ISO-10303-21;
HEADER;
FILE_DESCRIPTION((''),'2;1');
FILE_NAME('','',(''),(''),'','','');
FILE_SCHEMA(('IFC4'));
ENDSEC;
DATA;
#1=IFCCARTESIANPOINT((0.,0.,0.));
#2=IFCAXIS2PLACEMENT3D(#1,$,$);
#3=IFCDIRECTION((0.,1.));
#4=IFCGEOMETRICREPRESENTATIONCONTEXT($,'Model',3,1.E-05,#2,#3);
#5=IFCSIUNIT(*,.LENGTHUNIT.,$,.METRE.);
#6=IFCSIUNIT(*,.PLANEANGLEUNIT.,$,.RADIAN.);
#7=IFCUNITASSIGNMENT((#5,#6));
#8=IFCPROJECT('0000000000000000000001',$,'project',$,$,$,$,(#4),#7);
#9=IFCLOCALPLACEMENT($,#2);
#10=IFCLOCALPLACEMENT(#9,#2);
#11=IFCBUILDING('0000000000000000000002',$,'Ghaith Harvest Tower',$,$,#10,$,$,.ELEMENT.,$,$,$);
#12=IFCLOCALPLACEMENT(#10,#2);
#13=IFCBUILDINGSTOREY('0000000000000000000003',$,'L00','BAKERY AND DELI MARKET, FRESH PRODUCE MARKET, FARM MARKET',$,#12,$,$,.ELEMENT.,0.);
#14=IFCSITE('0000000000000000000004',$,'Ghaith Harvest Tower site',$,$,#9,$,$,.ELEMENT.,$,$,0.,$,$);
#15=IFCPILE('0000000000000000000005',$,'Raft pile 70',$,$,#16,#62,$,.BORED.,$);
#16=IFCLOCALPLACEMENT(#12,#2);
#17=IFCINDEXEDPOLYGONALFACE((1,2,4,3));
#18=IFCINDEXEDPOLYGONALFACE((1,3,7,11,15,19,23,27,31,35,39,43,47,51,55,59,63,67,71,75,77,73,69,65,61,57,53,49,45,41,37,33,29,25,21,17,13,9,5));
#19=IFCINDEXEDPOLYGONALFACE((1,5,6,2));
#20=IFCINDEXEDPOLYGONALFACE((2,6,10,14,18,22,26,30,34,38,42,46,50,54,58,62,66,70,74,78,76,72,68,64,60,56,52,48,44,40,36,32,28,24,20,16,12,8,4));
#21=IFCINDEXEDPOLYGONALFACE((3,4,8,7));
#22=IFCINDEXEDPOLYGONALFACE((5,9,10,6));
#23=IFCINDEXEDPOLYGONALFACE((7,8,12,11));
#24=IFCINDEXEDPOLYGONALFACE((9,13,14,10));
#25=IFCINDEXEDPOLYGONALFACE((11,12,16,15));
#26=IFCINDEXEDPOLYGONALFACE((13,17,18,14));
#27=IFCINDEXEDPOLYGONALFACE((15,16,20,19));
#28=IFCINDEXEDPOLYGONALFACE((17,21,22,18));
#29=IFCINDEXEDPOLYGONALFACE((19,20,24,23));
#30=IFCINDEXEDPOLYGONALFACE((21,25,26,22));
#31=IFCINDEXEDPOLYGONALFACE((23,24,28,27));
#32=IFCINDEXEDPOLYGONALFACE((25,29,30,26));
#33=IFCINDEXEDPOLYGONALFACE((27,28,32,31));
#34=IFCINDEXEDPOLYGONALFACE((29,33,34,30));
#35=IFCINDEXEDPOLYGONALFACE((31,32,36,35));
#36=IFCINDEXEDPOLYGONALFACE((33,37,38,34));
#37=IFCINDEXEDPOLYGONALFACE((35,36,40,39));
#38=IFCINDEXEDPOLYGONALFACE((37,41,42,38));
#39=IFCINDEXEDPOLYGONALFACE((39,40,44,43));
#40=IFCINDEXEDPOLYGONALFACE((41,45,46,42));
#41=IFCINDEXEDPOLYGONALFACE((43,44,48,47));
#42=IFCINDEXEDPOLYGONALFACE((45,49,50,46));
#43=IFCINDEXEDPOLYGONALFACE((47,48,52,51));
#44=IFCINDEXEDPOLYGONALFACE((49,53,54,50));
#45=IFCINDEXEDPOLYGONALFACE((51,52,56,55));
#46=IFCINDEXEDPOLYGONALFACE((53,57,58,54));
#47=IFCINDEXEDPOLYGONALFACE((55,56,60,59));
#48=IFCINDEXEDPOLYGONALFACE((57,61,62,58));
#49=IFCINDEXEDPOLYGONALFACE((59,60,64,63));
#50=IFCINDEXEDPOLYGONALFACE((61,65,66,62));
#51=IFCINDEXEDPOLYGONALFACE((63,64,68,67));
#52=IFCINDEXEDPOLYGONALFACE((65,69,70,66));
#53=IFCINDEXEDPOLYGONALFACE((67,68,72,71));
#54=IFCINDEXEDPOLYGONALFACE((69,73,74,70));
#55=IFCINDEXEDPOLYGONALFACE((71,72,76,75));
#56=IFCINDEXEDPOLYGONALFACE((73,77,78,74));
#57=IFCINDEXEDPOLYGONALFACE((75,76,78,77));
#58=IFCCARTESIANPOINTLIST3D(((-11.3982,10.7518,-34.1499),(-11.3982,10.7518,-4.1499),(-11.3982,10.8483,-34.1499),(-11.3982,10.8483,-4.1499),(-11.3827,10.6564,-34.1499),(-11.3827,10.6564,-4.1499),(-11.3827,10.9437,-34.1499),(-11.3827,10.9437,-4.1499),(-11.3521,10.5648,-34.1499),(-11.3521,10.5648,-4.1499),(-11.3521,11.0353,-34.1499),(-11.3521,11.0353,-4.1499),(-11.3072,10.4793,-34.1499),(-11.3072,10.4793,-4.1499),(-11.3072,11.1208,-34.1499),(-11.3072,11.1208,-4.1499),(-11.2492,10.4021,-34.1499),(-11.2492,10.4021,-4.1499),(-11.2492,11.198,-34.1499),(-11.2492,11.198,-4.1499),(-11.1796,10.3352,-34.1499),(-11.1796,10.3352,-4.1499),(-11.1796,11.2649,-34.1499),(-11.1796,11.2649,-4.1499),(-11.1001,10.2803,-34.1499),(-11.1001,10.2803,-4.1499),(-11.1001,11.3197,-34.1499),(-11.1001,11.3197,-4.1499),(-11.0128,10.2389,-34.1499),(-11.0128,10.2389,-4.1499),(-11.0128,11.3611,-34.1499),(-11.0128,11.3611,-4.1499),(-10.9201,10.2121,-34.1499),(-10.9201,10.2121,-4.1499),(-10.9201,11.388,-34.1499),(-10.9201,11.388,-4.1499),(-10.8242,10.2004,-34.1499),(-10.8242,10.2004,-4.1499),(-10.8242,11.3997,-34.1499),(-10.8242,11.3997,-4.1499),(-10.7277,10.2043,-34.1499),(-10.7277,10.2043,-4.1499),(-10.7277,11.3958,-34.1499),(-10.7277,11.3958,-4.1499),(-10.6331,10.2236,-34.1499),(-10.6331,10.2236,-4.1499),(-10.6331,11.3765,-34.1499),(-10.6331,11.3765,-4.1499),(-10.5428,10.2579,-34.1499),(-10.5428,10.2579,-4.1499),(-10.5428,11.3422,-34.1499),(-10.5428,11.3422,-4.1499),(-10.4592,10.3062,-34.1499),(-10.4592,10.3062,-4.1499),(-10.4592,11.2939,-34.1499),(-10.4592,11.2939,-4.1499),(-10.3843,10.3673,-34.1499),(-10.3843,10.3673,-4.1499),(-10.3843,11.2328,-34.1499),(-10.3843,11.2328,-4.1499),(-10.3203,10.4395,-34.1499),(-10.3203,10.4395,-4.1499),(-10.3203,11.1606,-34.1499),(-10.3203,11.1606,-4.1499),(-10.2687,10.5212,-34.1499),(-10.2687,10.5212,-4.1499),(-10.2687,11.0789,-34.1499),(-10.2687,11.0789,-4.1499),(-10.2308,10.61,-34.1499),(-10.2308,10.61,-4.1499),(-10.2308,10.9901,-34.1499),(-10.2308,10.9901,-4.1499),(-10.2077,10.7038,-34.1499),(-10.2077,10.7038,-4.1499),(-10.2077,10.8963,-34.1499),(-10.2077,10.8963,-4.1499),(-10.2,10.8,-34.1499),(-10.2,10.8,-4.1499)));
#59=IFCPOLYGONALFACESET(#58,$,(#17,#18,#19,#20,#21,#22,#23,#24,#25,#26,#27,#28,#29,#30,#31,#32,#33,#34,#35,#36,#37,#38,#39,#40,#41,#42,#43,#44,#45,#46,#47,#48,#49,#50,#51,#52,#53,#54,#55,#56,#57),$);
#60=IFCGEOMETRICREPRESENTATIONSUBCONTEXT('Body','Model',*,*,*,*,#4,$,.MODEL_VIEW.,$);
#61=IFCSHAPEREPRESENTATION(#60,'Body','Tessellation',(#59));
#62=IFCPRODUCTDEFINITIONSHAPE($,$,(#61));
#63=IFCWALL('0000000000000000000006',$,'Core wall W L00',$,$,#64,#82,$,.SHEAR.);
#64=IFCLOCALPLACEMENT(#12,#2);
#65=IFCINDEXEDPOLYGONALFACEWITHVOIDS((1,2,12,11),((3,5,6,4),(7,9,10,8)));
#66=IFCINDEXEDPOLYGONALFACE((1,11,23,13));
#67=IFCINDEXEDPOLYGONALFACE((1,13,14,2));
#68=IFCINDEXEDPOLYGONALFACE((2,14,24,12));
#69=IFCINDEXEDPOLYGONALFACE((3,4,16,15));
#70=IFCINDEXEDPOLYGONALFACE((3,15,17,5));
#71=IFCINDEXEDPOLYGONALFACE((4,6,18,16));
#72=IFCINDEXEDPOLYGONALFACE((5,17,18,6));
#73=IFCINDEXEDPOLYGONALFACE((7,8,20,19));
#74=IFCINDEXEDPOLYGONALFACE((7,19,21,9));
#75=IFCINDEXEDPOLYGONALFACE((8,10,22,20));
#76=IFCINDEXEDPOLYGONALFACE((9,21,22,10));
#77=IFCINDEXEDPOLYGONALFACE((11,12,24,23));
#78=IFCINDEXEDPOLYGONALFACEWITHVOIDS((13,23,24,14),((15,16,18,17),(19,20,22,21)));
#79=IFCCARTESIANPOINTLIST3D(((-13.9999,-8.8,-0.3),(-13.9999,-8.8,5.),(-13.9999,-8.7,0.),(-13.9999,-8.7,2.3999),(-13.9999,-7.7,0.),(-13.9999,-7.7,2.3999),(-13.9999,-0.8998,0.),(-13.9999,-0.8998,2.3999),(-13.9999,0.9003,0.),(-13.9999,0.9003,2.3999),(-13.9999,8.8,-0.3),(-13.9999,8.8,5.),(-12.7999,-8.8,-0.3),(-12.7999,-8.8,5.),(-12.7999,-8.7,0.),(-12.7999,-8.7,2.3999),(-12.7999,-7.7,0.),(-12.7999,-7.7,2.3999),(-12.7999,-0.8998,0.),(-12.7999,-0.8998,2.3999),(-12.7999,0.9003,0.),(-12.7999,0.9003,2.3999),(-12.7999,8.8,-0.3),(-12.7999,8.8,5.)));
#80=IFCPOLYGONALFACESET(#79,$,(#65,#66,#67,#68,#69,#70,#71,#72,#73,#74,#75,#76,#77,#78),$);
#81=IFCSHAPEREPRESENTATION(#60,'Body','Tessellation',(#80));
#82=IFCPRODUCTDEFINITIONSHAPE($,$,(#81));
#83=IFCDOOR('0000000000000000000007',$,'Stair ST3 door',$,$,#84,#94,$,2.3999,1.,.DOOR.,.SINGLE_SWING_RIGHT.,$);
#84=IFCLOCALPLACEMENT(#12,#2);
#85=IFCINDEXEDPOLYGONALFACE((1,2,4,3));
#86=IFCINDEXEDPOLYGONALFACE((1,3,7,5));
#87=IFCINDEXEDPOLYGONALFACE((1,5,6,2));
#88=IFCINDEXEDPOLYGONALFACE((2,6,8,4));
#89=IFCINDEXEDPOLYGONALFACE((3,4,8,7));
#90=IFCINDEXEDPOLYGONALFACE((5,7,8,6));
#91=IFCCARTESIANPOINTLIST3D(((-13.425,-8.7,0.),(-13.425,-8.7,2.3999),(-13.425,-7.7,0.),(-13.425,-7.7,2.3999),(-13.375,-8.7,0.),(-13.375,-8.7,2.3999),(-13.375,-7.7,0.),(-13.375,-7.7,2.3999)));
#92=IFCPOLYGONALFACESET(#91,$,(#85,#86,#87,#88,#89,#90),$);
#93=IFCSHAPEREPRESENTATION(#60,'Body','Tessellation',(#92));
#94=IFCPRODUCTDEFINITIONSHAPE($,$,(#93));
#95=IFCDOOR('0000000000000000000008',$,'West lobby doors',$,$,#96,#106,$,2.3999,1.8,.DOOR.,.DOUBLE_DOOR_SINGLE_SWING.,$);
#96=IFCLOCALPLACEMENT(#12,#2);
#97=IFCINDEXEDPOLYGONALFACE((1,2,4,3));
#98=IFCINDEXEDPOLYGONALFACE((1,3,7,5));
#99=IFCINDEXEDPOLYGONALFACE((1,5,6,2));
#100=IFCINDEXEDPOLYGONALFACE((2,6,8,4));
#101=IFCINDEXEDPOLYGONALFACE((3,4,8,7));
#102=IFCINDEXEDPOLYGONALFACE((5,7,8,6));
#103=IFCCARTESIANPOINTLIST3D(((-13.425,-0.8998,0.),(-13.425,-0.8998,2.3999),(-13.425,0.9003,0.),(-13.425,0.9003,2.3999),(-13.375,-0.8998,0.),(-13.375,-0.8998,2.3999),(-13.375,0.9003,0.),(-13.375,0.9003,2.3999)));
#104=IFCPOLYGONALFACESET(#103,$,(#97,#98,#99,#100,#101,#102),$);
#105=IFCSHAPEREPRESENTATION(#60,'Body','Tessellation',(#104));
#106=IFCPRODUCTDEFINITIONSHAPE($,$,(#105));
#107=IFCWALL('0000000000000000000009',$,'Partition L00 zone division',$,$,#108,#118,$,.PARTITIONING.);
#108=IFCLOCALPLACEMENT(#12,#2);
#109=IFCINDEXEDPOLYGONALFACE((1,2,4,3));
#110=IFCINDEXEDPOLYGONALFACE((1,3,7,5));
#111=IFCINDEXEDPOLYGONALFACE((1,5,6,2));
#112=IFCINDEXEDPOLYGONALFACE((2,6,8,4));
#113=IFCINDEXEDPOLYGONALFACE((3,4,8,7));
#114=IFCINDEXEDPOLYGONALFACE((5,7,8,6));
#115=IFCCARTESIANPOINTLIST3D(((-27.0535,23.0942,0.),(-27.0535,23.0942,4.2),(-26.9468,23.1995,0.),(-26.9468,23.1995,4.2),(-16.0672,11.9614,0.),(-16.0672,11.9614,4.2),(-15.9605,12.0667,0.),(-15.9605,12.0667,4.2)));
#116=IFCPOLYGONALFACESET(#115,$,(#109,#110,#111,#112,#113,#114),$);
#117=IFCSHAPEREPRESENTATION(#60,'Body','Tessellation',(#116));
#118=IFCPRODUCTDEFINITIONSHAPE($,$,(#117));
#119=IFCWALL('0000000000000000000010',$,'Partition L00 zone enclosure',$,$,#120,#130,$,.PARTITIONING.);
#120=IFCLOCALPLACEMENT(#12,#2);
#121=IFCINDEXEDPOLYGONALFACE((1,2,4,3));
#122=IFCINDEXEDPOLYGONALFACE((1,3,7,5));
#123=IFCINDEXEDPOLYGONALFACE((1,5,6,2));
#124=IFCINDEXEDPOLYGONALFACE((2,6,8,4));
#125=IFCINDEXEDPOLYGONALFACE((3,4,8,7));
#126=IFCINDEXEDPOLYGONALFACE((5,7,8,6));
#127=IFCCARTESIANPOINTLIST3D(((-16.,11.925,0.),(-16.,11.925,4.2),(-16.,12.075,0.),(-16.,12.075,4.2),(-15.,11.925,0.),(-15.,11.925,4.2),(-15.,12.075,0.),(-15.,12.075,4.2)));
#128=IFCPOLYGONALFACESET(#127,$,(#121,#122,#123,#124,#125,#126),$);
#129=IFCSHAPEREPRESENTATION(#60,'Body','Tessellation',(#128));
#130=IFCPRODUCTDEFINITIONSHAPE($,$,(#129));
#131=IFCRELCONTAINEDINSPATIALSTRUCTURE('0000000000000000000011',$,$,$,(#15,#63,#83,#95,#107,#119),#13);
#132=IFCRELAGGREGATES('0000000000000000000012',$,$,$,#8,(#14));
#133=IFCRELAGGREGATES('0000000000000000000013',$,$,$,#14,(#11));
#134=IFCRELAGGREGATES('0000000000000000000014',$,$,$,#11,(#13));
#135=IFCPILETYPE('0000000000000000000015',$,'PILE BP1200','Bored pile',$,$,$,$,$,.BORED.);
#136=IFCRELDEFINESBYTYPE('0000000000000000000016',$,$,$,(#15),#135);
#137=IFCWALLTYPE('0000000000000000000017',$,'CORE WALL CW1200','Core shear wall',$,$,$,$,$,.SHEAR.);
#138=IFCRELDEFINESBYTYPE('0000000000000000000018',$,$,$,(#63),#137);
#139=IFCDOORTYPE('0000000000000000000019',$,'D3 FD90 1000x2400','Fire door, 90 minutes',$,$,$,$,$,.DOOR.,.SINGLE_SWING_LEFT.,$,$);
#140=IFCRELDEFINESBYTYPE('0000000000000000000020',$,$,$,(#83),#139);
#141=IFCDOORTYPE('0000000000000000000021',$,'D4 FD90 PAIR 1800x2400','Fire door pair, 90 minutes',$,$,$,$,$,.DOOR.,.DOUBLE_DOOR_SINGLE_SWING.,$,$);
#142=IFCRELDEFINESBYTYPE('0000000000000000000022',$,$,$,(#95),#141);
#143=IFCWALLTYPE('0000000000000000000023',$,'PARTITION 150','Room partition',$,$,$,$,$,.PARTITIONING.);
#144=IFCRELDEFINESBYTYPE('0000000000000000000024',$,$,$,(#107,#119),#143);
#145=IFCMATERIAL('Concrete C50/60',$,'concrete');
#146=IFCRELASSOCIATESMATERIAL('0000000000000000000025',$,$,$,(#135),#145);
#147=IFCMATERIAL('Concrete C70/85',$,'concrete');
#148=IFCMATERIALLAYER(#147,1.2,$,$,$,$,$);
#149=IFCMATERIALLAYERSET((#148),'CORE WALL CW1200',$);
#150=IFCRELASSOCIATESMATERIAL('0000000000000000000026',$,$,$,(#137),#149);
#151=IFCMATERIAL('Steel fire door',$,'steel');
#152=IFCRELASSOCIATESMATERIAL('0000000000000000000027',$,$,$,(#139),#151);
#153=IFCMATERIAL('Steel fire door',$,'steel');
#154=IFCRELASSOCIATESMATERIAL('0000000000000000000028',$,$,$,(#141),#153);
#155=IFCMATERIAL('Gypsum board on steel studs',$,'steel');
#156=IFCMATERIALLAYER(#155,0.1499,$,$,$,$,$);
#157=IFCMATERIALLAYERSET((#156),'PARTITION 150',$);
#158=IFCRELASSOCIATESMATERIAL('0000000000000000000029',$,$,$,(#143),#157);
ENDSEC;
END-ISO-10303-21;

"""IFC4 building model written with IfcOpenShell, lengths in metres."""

from ifc_helpers import new_model, si_unit, direction, frame, frame_2d, origin, origin_2d, place, context, subcontext, project, spatial, rectangle, circle, extrude, material, layer, layer_set, material_profile, profile_set, type_object, element, fill, save


model = new_model("IFC4")

# Units and contexts
model_context = context("Model", 3, precision=1e-05, world=origin(), true_north=direction((0.0, 1.0)))
body_context = subcontext(model_context, "Body", "Model", "MODEL_VIEW")
ifc_project = project(units=[si_unit("LENGTHUNIT", "METRE"), si_unit("PLANEANGLEUNIT", "RADIAN")], contexts=[model_context])

# Site, building, storey
site_placement = place(None, origin())
site = spatial("IfcSite", under=ifc_project, at=site_placement, Name="Ghaith Harvest Tower site", CompositionType="ELEMENT", RefElevation=0.0)
building_placement = place(site_placement, origin())
building = spatial("IfcBuilding", under=site, at=building_placement, Name="Ghaith Harvest Tower", CompositionType="ELEMENT")
storey_placement = place(building_placement, origin())
storey = spatial("IfcBuildingStorey", under=building, at=storey_placement, Name="L00", Description="BAKERY AND DELI MARKET, FRESH PRODUCE MARKET, FARM MARKET", CompositionType="ELEMENT", Elevation=0.0)

# Pile
ifc_material_1 = material(Name="Concrete C50/60", Category="concrete")
ifc_material_profile = material_profile(ifc_material_1, circle(Radius=0.6001, at=origin_2d()), Name="PILE1200")
ifc_profile_set = profile_set([ifc_material_profile], Name="Concrete C50/60")
pile_type = type_object("IfcPileType", Name="PILE BP1200", Description="Bored pile", PredefinedType="BORED", material=ifc_profile_set)
for number, where, z_axis, x_axis, name in (
    (1, (-10.8, 10.8, -4.1499), (0.0, 0.0, -1.0), (1.0, 0.0, 0.0), "Raft pile 70"),
):
    element("IfcPile", number, at=place(storey_placement, frame(where, z_axis=z_axis, x_axis=x_axis)), inside=storey, type_object=pile_type, Name=name, PredefinedType="BORED", context=body_context, shape_type="SweptSolid", body=[
        extrude(circle(Radius=0.6001, at=origin_2d()), origin(), (0.0, 0.0, 1.0), 30.0),
    ])

# Wall, openings, doors
ifc_material_2 = material(Name="Concrete C70/85", Category="concrete")
ifc_layer_1 = layer(ifc_material_2, 1.2)
ifc_layer_set_1 = layer_set([ifc_layer_1], Name="CORE WALL CW1200")
wall_type_1 = type_object("IfcWallType", Name="CORE WALL CW1200", Description="Core shear wall", PredefinedType="SHEAR", material=ifc_layer_set_1)
wall_1_placement = place(storey_placement, frame((-13.3999, 8.8, -0.3), z_axis=(0.0, 0.0, 1.0), x_axis=(0.0, -1.0, 0.0)))
wall_1 = element("IfcWall", 2, at=wall_1_placement, inside=storey, type_object=wall_type_1, Name="Core wall W L00", PredefinedType="SHEAR", context=body_context, shape_type="SweptSolid", body=[
    extrude(rectangle(XDim=17.6001, YDim=1.2, at=frame_2d((8.8, 0.0))), origin(), (0.0, 0.0, 1.0), 5.3),
])
opening_1_placement = place(wall_1_placement, frame((7.8999, 0.0, 0.3)))
opening_1 = element("IfcOpeningElement", 3, at=opening_1_placement, cuts=wall_1, PredefinedType="OPENING", context=body_context, shape_type="SweptSolid", body=[
    extrude(rectangle(XDim=1.8, YDim=2.3999, at=frame_2d((0.8999, 1.2))), frame((0.0, 0.6099, 0.0), z_axis=(0.0, -1.0, 0.0), x_axis=(1.0, 0.0, 0.0)), (0.0, 0.0, 1.0), 1.22),
])
opening_2_placement = place(wall_1_placement, frame((16.5, 0.0, 0.3)))
opening_2 = element("IfcOpeningElement", 4, at=opening_2_placement, cuts=wall_1, PredefinedType="OPENING", context=body_context, shape_type="SweptSolid", body=[
    extrude(rectangle(XDim=1.0, YDim=2.3999, at=frame_2d((0.5, 1.2))), frame((0.0, 0.6099, 0.0), z_axis=(0.0, -1.0, 0.0), x_axis=(1.0, 0.0, 0.0)), (0.0, 0.0, 1.0), 1.22),
])
ifc_material_3 = material(Name="Steel fire door", Category="steel")
door_type_1 = type_object("IfcDoorType", Name="D3 FD90 1000x2400", Description="Fire door, 90 minutes", OperationType="SINGLE_SWING_LEFT", PredefinedType="DOOR", material=ifc_material_3)
door_1_placement = place(opening_2_placement, origin())
door_1 = element("IfcDoor", 5, at=door_1_placement, inside=storey, type_object=door_type_1, Name="Stair ST3 door", OperationType="SINGLE_SWING_RIGHT", OverallHeight=2.3999, OverallWidth=1.0, PredefinedType="DOOR", context=body_context, shape_type="SweptSolid", body=[
    extrude(rectangle(XDim=1.0, YDim=2.3999, at=frame_2d((0.5, 1.2))), frame((0.0, 0.0249, 0.0), z_axis=(0.0, -1.0, 0.0), x_axis=(1.0, 0.0, 0.0)), (0.0, 0.0, 1.0), 0.05),
])
fill(opening_2, door_1)
ifc_material_4 = material(Name="Steel fire door", Category="steel")
door_type_2 = type_object("IfcDoorType", Name="D4 FD90 PAIR 1800x2400", Description="Fire door pair, 90 minutes", OperationType="DOUBLE_DOOR_SINGLE_SWING", PredefinedType="DOOR", material=ifc_material_4)
door_2_placement = place(opening_1_placement, origin())
door_2 = element("IfcDoor", 6, at=door_2_placement, inside=storey, type_object=door_type_2, Name="West lobby doors", OperationType="DOUBLE_DOOR_SINGLE_SWING", OverallHeight=2.3999, OverallWidth=1.8, PredefinedType="DOOR", context=body_context, shape_type="SweptSolid", body=[
    extrude(rectangle(XDim=1.8, YDim=2.3999, at=frame_2d((0.8999, 1.2))), frame((0.0, 0.0249, 0.0), z_axis=(0.0, -1.0, 0.0), x_axis=(1.0, 0.0, 0.0)), (0.0, 0.0, 1.0), 0.05),
])
fill(opening_1, door_2)

# Walls
ifc_material_5 = material(Name="Gypsum board on steel studs", Category="steel")
ifc_layer_2 = layer(ifc_material_5, 0.1499)
ifc_layer_set_2 = layer_set([ifc_layer_2], Name="PARTITION 150")
wall_type_2 = type_object("IfcWallType", Name="PARTITION 150", Description="Room partition", PredefinedType="PARTITIONING", material=ifc_layer_set_2)
wall_2_placement = place(storey_placement, frame((-16.0139, 12.0142, 0.0), z_axis=(0.0, 0.0, 1.0), x_axis=(-0.702409, 0.711774, 0.0)))
element("IfcWall", 7, at=wall_2_placement, inside=storey, type_object=wall_type_2, Name="Partition L00 zone division", PredefinedType="PARTITIONING", context=body_context, shape_type="SweptSolid", body=[
    extrude(rectangle(XDim=15.6409, YDim=0.1499, at=frame_2d((7.8203, 0.0))), origin(), (0.0, 0.0, 1.0), 4.2),
])
wall_3_placement = place(storey_placement, frame((-15.0, 12.0, 0.0), z_axis=(0.0, 0.0, 1.0), x_axis=(-1.0, 0.0, 0.0)))
element("IfcWall", 8, at=wall_3_placement, inside=storey, type_object=wall_type_2, Name="Partition L00 zone enclosure", PredefinedType="PARTITIONING", context=body_context, shape_type="SweptSolid", body=[
    extrude(rectangle(XDim=1.0, YDim=0.1499, at=frame_2d((0.5, 0.0))), origin(), (0.0, 0.0, 1.0), 4.2),
])

save(model, "model.ifc")
